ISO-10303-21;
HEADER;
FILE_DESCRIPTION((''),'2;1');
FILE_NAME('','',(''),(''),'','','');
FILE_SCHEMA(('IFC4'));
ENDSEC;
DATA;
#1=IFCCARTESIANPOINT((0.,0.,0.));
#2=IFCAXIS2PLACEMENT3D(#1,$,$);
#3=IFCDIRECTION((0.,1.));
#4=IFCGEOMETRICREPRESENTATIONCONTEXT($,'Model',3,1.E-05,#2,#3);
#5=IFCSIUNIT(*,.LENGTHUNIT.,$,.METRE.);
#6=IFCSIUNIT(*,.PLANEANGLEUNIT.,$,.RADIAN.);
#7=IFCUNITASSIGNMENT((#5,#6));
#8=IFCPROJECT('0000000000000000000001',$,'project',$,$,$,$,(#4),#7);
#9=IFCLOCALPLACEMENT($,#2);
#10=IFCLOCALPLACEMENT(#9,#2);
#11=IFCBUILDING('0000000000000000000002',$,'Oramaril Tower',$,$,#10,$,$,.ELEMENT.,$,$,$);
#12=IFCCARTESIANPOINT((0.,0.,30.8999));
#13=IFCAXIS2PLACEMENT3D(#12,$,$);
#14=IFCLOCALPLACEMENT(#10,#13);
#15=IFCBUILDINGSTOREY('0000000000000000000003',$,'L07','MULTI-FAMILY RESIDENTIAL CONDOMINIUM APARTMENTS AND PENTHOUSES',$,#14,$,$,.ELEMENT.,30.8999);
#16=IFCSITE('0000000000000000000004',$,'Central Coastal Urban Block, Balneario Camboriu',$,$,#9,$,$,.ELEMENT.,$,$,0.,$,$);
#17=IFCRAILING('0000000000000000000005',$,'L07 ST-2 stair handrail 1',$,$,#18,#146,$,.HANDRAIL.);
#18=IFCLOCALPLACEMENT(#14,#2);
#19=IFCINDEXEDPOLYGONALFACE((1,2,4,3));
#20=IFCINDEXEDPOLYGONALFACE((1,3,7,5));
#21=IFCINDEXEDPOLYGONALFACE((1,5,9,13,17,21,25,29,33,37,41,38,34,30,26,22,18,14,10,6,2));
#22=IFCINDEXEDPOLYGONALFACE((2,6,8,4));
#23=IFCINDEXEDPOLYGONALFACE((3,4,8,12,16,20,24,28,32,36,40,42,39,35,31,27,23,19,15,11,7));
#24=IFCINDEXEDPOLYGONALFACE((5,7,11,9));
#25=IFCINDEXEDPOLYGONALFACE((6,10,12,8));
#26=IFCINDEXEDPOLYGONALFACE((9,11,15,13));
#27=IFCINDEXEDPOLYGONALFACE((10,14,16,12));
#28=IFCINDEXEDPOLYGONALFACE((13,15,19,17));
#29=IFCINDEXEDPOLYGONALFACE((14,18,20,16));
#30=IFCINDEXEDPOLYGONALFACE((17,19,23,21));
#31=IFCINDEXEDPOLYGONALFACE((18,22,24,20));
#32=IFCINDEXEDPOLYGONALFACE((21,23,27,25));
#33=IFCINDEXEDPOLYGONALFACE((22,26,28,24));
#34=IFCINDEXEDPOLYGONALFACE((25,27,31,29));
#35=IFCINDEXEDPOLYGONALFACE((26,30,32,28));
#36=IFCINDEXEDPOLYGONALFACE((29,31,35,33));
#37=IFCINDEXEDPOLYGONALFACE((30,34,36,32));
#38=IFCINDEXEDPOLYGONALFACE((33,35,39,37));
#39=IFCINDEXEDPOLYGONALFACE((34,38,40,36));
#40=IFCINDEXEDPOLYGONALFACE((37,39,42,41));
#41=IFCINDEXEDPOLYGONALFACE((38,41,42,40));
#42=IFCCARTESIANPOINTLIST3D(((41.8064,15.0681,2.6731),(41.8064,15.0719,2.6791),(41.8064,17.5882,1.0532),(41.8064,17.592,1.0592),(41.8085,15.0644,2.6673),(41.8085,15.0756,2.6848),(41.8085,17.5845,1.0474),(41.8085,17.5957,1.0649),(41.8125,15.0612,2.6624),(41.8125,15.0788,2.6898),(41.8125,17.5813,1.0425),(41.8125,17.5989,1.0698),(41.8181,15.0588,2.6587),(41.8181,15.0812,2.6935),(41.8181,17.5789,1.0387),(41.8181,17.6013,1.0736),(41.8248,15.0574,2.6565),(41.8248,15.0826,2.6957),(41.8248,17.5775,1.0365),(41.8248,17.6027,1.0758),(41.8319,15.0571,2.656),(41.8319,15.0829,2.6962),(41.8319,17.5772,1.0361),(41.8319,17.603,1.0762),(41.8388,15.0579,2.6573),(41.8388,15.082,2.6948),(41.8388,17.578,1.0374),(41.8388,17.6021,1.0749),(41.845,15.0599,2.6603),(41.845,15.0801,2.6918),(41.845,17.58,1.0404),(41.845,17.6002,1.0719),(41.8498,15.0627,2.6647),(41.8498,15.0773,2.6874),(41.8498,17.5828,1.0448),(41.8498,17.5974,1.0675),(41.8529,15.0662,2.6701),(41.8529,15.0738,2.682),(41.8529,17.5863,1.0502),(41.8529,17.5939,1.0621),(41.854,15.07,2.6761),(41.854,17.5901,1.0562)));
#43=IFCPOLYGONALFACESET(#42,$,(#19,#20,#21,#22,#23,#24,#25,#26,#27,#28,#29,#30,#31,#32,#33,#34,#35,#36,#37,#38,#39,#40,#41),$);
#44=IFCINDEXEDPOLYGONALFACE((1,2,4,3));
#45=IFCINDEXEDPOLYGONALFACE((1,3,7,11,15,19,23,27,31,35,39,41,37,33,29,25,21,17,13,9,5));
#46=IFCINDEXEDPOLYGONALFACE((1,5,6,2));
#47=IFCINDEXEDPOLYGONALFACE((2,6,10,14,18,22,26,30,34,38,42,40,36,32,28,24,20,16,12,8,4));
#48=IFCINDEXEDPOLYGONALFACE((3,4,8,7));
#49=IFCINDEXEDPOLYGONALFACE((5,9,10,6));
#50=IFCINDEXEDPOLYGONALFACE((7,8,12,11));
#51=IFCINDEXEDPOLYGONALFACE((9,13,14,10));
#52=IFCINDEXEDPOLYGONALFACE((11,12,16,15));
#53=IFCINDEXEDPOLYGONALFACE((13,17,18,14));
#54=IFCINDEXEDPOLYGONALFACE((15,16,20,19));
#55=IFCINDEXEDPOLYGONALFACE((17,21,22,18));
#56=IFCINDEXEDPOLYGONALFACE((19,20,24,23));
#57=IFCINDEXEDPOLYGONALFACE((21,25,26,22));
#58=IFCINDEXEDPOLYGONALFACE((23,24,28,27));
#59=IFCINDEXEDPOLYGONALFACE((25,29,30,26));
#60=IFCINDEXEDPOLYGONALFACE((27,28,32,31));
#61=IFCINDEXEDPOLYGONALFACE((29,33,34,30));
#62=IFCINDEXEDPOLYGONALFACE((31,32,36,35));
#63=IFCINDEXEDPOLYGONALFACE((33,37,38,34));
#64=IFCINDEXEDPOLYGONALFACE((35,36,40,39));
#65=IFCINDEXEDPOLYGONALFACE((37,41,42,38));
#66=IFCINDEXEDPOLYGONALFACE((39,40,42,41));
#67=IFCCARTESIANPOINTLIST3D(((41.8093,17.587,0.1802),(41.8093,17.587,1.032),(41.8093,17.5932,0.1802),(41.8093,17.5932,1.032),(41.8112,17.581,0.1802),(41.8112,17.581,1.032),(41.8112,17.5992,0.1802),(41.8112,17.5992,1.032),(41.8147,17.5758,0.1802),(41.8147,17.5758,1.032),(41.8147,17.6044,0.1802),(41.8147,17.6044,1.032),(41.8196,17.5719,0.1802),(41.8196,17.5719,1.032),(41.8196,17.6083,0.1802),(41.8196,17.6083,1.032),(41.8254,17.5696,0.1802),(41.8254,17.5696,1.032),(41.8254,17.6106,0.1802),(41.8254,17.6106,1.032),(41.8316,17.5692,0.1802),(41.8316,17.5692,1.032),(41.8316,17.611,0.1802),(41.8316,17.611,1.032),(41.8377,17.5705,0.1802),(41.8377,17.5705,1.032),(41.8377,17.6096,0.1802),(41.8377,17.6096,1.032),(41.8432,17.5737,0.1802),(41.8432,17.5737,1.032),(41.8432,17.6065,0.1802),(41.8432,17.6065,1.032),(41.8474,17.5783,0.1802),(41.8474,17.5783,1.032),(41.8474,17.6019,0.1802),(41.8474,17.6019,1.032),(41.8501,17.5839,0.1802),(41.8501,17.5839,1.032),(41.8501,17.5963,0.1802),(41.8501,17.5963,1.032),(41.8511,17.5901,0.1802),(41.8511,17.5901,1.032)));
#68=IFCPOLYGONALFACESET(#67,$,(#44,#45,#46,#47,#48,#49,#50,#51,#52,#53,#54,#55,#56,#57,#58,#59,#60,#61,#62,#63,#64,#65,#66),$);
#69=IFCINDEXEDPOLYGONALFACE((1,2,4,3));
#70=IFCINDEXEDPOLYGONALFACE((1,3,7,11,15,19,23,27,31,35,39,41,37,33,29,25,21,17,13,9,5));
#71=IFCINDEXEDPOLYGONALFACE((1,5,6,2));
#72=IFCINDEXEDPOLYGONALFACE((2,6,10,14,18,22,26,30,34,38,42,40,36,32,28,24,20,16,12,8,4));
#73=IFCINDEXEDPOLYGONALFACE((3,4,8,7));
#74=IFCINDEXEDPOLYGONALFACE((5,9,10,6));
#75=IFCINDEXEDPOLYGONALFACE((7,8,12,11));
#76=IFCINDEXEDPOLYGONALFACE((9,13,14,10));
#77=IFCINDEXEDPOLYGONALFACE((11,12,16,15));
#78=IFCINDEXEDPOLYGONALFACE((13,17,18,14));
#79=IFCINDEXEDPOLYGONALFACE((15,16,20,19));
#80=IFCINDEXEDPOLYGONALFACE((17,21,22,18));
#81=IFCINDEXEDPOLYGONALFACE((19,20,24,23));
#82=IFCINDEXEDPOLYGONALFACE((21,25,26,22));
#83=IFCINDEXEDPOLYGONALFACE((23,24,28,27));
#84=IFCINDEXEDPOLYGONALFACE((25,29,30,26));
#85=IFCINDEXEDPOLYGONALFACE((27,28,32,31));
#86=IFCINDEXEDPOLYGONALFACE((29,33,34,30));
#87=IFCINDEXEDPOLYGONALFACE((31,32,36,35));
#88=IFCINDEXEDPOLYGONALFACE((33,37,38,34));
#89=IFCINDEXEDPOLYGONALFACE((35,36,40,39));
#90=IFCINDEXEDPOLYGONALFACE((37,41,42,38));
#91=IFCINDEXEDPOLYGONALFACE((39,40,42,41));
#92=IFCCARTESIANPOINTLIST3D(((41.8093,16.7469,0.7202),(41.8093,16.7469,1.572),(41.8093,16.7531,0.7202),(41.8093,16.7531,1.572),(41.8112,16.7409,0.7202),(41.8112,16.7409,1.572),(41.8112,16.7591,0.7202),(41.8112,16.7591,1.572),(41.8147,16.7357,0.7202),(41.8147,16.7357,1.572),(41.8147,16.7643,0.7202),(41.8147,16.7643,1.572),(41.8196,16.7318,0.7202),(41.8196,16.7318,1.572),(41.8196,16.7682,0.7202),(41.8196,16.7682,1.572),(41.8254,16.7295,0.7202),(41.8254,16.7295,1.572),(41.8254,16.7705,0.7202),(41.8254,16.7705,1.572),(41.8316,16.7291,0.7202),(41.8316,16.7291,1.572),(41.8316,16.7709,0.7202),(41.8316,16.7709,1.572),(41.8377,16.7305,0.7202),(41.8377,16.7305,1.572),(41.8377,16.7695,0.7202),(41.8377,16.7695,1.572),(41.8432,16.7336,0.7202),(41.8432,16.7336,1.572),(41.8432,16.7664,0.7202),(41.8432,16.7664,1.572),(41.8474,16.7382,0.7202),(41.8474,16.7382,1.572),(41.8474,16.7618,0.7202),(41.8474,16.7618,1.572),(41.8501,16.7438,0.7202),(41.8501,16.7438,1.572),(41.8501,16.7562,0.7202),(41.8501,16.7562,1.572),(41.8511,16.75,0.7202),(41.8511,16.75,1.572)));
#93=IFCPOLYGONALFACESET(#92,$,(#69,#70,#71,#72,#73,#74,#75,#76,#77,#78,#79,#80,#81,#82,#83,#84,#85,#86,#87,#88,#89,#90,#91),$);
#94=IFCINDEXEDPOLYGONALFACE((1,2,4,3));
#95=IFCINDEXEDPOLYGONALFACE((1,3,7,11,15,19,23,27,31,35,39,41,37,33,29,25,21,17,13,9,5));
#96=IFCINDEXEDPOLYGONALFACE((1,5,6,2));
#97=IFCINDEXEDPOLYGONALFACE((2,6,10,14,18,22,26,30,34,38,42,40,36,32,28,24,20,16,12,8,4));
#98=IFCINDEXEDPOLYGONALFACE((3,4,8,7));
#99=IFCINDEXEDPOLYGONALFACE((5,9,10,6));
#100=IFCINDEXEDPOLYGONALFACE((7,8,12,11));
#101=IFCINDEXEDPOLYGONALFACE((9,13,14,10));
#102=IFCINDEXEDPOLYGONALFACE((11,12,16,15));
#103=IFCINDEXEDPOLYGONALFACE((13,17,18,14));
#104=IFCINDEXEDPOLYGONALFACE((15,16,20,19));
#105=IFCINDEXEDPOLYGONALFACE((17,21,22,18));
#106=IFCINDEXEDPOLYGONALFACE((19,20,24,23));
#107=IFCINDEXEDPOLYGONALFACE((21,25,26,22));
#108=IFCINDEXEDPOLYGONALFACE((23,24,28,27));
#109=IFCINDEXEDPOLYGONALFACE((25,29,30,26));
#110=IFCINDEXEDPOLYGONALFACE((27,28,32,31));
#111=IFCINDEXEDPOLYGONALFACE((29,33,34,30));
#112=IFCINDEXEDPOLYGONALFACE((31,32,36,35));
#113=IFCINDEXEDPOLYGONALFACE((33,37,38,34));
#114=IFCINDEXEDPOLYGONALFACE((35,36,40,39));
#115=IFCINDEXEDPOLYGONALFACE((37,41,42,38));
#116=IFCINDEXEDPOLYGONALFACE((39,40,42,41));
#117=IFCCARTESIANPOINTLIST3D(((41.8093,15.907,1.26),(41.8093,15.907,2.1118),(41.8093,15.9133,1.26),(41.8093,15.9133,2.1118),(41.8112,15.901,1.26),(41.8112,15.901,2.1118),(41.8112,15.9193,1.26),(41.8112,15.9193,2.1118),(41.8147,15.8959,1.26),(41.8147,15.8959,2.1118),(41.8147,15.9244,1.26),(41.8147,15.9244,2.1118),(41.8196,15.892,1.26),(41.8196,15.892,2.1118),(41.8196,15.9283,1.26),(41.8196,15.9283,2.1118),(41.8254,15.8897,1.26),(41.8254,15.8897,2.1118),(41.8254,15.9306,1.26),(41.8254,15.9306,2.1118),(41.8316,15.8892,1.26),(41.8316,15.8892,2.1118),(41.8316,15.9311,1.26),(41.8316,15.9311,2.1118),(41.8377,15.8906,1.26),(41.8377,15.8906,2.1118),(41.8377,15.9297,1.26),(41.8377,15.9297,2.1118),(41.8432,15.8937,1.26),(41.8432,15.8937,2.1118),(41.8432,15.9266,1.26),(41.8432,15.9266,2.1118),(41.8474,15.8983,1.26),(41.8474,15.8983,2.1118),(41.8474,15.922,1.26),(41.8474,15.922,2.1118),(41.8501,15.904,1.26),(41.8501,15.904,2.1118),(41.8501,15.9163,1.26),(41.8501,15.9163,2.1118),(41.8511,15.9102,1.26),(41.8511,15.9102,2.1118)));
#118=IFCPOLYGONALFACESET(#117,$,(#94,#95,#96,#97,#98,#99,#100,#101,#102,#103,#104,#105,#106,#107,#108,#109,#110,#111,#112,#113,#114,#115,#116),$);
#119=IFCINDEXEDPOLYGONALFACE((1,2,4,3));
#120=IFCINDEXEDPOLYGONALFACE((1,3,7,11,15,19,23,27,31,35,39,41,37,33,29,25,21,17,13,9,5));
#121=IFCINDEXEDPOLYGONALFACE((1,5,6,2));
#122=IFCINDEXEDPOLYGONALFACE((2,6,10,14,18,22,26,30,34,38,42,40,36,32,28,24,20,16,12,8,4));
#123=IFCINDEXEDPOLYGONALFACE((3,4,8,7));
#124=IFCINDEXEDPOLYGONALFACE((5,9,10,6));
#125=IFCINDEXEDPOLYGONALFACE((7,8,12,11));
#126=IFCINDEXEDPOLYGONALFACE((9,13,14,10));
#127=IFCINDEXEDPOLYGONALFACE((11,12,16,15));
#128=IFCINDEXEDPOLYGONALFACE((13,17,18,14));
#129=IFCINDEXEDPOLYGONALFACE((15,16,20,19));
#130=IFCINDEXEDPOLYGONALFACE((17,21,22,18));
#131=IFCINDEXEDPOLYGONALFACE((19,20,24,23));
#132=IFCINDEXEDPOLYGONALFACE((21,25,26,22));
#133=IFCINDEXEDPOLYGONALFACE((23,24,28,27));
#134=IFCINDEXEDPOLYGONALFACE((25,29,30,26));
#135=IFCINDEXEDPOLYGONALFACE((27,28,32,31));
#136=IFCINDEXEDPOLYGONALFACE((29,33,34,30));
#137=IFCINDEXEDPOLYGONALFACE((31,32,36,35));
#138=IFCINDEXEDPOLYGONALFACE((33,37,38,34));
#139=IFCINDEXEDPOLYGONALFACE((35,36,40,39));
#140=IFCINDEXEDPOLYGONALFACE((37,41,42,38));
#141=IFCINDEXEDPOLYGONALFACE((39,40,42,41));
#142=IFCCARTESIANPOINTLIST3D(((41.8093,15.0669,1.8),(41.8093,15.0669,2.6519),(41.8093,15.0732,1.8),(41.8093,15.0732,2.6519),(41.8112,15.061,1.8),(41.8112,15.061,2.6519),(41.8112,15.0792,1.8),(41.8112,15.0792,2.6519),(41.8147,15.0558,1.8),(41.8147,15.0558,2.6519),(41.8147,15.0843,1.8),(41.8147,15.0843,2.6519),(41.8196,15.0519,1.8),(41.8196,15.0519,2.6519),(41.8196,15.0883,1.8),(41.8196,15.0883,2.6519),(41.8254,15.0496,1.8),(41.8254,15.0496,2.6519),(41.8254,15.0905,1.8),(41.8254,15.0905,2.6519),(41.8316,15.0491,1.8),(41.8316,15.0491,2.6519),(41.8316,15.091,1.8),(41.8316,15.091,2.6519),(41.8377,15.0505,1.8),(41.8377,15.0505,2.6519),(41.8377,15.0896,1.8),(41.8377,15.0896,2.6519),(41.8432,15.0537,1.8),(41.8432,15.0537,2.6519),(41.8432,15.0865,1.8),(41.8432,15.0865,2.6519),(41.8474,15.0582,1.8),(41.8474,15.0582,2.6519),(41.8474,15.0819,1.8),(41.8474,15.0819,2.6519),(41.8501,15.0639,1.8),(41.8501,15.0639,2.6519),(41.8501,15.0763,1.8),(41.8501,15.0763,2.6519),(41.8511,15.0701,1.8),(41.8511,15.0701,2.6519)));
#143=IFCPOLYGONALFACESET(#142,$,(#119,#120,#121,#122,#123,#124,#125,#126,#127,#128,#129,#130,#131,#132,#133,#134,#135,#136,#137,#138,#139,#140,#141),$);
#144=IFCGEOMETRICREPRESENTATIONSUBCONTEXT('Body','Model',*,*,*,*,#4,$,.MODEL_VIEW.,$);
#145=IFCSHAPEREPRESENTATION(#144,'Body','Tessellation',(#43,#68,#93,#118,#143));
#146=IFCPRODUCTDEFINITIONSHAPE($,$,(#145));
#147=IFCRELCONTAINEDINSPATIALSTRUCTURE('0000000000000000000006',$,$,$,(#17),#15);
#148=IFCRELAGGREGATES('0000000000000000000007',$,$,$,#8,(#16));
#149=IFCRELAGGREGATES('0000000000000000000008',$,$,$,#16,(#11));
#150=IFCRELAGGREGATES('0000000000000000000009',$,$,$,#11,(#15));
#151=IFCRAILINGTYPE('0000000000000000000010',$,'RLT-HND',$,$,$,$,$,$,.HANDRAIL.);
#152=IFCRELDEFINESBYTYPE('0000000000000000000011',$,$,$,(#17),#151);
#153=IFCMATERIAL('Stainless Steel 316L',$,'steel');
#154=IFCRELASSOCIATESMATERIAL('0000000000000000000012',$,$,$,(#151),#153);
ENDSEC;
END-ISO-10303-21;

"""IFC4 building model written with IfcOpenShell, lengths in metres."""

from ifc_helpers import new_model, si_unit, direction, frame, origin, origin_2d, place, context, subcontext, project, spatial, circle, extrude, material, type_object, element, save


model = new_model("IFC4")

# Units and contexts
model_context = context("Model", 3, precision=1e-05, world=origin(), true_north=direction((0.0, 1.0)))
body_context = subcontext(model_context, "Body", "Model", "MODEL_VIEW")
ifc_project = project(units=[si_unit("LENGTHUNIT", "METRE"), si_unit("PLANEANGLEUNIT", "RADIAN")], contexts=[model_context])

# Site, building, storey
site_placement = place(None, origin())
site = spatial("IfcSite", under=ifc_project, at=site_placement, Name="Central Coastal Urban Block, Balneario Camboriu", CompositionType="ELEMENT", RefElevation=0.0)
building_placement = place(site_placement, origin())
building = spatial("IfcBuilding", under=site, at=building_placement, Name="Oramaril Tower", CompositionType="ELEMENT")
storey_placement = place(building_placement, frame((0.0, 0.0, 30.8999)))
storey = spatial("IfcBuildingStorey", under=building, at=storey_placement, Name="L07", Description="MULTI-FAMILY RESIDENTIAL CONDOMINIUM APARTMENTS AND PENTHOUSES", CompositionType="ELEMENT", Elevation=30.8999)

# Railing
ifc_material_1 = material(Name="Stainless Steel 316L", Category="steel")
railing_type_1 = type_object("IfcRailingType", Name="RLT-HND", PredefinedType="HANDRAIL", material=ifc_material_1)
railing_1_placement = place(storey_placement, frame((41.8301, 17.5901, 0.1802)))
element("IfcRailing", 1, at=railing_1_placement, inside=storey, type_object=railing_type_1, Name="L07 ST-2 stair handrail 1", PredefinedType="HANDRAIL", context=body_context, shape_type="SweptSolid", body=[
    extrude(circle(Radius=0.0239, at=origin_2d()), frame((0.0, 0.0, 0.876), z_axis=(0.0, -0.8412, 0.540725), x_axis=(1.0, 0.0, 0.0)), (0.0, 0.0, 1.0), 2.9958),
    extrude(circle(Radius=0.021, at=origin_2d()), origin(), (0.0, 0.0, 1.0), 0.8518),
    extrude(circle(Radius=0.021, at=origin_2d()), frame((0.0, -0.8401, 0.54)), (0.0, 0.0, 1.0), 0.8518),
    extrude(circle(Radius=0.021, at=origin_2d()), frame((0.0, -1.6799, 1.0798)), (0.0, 0.0, 1.0), 0.8518),
    extrude(circle(Radius=0.021, at=origin_2d()), frame((0.0, -2.52, 1.6199)), (0.0, 0.0, 1.0), 0.8518),
])

save(model, "model.ifc")
